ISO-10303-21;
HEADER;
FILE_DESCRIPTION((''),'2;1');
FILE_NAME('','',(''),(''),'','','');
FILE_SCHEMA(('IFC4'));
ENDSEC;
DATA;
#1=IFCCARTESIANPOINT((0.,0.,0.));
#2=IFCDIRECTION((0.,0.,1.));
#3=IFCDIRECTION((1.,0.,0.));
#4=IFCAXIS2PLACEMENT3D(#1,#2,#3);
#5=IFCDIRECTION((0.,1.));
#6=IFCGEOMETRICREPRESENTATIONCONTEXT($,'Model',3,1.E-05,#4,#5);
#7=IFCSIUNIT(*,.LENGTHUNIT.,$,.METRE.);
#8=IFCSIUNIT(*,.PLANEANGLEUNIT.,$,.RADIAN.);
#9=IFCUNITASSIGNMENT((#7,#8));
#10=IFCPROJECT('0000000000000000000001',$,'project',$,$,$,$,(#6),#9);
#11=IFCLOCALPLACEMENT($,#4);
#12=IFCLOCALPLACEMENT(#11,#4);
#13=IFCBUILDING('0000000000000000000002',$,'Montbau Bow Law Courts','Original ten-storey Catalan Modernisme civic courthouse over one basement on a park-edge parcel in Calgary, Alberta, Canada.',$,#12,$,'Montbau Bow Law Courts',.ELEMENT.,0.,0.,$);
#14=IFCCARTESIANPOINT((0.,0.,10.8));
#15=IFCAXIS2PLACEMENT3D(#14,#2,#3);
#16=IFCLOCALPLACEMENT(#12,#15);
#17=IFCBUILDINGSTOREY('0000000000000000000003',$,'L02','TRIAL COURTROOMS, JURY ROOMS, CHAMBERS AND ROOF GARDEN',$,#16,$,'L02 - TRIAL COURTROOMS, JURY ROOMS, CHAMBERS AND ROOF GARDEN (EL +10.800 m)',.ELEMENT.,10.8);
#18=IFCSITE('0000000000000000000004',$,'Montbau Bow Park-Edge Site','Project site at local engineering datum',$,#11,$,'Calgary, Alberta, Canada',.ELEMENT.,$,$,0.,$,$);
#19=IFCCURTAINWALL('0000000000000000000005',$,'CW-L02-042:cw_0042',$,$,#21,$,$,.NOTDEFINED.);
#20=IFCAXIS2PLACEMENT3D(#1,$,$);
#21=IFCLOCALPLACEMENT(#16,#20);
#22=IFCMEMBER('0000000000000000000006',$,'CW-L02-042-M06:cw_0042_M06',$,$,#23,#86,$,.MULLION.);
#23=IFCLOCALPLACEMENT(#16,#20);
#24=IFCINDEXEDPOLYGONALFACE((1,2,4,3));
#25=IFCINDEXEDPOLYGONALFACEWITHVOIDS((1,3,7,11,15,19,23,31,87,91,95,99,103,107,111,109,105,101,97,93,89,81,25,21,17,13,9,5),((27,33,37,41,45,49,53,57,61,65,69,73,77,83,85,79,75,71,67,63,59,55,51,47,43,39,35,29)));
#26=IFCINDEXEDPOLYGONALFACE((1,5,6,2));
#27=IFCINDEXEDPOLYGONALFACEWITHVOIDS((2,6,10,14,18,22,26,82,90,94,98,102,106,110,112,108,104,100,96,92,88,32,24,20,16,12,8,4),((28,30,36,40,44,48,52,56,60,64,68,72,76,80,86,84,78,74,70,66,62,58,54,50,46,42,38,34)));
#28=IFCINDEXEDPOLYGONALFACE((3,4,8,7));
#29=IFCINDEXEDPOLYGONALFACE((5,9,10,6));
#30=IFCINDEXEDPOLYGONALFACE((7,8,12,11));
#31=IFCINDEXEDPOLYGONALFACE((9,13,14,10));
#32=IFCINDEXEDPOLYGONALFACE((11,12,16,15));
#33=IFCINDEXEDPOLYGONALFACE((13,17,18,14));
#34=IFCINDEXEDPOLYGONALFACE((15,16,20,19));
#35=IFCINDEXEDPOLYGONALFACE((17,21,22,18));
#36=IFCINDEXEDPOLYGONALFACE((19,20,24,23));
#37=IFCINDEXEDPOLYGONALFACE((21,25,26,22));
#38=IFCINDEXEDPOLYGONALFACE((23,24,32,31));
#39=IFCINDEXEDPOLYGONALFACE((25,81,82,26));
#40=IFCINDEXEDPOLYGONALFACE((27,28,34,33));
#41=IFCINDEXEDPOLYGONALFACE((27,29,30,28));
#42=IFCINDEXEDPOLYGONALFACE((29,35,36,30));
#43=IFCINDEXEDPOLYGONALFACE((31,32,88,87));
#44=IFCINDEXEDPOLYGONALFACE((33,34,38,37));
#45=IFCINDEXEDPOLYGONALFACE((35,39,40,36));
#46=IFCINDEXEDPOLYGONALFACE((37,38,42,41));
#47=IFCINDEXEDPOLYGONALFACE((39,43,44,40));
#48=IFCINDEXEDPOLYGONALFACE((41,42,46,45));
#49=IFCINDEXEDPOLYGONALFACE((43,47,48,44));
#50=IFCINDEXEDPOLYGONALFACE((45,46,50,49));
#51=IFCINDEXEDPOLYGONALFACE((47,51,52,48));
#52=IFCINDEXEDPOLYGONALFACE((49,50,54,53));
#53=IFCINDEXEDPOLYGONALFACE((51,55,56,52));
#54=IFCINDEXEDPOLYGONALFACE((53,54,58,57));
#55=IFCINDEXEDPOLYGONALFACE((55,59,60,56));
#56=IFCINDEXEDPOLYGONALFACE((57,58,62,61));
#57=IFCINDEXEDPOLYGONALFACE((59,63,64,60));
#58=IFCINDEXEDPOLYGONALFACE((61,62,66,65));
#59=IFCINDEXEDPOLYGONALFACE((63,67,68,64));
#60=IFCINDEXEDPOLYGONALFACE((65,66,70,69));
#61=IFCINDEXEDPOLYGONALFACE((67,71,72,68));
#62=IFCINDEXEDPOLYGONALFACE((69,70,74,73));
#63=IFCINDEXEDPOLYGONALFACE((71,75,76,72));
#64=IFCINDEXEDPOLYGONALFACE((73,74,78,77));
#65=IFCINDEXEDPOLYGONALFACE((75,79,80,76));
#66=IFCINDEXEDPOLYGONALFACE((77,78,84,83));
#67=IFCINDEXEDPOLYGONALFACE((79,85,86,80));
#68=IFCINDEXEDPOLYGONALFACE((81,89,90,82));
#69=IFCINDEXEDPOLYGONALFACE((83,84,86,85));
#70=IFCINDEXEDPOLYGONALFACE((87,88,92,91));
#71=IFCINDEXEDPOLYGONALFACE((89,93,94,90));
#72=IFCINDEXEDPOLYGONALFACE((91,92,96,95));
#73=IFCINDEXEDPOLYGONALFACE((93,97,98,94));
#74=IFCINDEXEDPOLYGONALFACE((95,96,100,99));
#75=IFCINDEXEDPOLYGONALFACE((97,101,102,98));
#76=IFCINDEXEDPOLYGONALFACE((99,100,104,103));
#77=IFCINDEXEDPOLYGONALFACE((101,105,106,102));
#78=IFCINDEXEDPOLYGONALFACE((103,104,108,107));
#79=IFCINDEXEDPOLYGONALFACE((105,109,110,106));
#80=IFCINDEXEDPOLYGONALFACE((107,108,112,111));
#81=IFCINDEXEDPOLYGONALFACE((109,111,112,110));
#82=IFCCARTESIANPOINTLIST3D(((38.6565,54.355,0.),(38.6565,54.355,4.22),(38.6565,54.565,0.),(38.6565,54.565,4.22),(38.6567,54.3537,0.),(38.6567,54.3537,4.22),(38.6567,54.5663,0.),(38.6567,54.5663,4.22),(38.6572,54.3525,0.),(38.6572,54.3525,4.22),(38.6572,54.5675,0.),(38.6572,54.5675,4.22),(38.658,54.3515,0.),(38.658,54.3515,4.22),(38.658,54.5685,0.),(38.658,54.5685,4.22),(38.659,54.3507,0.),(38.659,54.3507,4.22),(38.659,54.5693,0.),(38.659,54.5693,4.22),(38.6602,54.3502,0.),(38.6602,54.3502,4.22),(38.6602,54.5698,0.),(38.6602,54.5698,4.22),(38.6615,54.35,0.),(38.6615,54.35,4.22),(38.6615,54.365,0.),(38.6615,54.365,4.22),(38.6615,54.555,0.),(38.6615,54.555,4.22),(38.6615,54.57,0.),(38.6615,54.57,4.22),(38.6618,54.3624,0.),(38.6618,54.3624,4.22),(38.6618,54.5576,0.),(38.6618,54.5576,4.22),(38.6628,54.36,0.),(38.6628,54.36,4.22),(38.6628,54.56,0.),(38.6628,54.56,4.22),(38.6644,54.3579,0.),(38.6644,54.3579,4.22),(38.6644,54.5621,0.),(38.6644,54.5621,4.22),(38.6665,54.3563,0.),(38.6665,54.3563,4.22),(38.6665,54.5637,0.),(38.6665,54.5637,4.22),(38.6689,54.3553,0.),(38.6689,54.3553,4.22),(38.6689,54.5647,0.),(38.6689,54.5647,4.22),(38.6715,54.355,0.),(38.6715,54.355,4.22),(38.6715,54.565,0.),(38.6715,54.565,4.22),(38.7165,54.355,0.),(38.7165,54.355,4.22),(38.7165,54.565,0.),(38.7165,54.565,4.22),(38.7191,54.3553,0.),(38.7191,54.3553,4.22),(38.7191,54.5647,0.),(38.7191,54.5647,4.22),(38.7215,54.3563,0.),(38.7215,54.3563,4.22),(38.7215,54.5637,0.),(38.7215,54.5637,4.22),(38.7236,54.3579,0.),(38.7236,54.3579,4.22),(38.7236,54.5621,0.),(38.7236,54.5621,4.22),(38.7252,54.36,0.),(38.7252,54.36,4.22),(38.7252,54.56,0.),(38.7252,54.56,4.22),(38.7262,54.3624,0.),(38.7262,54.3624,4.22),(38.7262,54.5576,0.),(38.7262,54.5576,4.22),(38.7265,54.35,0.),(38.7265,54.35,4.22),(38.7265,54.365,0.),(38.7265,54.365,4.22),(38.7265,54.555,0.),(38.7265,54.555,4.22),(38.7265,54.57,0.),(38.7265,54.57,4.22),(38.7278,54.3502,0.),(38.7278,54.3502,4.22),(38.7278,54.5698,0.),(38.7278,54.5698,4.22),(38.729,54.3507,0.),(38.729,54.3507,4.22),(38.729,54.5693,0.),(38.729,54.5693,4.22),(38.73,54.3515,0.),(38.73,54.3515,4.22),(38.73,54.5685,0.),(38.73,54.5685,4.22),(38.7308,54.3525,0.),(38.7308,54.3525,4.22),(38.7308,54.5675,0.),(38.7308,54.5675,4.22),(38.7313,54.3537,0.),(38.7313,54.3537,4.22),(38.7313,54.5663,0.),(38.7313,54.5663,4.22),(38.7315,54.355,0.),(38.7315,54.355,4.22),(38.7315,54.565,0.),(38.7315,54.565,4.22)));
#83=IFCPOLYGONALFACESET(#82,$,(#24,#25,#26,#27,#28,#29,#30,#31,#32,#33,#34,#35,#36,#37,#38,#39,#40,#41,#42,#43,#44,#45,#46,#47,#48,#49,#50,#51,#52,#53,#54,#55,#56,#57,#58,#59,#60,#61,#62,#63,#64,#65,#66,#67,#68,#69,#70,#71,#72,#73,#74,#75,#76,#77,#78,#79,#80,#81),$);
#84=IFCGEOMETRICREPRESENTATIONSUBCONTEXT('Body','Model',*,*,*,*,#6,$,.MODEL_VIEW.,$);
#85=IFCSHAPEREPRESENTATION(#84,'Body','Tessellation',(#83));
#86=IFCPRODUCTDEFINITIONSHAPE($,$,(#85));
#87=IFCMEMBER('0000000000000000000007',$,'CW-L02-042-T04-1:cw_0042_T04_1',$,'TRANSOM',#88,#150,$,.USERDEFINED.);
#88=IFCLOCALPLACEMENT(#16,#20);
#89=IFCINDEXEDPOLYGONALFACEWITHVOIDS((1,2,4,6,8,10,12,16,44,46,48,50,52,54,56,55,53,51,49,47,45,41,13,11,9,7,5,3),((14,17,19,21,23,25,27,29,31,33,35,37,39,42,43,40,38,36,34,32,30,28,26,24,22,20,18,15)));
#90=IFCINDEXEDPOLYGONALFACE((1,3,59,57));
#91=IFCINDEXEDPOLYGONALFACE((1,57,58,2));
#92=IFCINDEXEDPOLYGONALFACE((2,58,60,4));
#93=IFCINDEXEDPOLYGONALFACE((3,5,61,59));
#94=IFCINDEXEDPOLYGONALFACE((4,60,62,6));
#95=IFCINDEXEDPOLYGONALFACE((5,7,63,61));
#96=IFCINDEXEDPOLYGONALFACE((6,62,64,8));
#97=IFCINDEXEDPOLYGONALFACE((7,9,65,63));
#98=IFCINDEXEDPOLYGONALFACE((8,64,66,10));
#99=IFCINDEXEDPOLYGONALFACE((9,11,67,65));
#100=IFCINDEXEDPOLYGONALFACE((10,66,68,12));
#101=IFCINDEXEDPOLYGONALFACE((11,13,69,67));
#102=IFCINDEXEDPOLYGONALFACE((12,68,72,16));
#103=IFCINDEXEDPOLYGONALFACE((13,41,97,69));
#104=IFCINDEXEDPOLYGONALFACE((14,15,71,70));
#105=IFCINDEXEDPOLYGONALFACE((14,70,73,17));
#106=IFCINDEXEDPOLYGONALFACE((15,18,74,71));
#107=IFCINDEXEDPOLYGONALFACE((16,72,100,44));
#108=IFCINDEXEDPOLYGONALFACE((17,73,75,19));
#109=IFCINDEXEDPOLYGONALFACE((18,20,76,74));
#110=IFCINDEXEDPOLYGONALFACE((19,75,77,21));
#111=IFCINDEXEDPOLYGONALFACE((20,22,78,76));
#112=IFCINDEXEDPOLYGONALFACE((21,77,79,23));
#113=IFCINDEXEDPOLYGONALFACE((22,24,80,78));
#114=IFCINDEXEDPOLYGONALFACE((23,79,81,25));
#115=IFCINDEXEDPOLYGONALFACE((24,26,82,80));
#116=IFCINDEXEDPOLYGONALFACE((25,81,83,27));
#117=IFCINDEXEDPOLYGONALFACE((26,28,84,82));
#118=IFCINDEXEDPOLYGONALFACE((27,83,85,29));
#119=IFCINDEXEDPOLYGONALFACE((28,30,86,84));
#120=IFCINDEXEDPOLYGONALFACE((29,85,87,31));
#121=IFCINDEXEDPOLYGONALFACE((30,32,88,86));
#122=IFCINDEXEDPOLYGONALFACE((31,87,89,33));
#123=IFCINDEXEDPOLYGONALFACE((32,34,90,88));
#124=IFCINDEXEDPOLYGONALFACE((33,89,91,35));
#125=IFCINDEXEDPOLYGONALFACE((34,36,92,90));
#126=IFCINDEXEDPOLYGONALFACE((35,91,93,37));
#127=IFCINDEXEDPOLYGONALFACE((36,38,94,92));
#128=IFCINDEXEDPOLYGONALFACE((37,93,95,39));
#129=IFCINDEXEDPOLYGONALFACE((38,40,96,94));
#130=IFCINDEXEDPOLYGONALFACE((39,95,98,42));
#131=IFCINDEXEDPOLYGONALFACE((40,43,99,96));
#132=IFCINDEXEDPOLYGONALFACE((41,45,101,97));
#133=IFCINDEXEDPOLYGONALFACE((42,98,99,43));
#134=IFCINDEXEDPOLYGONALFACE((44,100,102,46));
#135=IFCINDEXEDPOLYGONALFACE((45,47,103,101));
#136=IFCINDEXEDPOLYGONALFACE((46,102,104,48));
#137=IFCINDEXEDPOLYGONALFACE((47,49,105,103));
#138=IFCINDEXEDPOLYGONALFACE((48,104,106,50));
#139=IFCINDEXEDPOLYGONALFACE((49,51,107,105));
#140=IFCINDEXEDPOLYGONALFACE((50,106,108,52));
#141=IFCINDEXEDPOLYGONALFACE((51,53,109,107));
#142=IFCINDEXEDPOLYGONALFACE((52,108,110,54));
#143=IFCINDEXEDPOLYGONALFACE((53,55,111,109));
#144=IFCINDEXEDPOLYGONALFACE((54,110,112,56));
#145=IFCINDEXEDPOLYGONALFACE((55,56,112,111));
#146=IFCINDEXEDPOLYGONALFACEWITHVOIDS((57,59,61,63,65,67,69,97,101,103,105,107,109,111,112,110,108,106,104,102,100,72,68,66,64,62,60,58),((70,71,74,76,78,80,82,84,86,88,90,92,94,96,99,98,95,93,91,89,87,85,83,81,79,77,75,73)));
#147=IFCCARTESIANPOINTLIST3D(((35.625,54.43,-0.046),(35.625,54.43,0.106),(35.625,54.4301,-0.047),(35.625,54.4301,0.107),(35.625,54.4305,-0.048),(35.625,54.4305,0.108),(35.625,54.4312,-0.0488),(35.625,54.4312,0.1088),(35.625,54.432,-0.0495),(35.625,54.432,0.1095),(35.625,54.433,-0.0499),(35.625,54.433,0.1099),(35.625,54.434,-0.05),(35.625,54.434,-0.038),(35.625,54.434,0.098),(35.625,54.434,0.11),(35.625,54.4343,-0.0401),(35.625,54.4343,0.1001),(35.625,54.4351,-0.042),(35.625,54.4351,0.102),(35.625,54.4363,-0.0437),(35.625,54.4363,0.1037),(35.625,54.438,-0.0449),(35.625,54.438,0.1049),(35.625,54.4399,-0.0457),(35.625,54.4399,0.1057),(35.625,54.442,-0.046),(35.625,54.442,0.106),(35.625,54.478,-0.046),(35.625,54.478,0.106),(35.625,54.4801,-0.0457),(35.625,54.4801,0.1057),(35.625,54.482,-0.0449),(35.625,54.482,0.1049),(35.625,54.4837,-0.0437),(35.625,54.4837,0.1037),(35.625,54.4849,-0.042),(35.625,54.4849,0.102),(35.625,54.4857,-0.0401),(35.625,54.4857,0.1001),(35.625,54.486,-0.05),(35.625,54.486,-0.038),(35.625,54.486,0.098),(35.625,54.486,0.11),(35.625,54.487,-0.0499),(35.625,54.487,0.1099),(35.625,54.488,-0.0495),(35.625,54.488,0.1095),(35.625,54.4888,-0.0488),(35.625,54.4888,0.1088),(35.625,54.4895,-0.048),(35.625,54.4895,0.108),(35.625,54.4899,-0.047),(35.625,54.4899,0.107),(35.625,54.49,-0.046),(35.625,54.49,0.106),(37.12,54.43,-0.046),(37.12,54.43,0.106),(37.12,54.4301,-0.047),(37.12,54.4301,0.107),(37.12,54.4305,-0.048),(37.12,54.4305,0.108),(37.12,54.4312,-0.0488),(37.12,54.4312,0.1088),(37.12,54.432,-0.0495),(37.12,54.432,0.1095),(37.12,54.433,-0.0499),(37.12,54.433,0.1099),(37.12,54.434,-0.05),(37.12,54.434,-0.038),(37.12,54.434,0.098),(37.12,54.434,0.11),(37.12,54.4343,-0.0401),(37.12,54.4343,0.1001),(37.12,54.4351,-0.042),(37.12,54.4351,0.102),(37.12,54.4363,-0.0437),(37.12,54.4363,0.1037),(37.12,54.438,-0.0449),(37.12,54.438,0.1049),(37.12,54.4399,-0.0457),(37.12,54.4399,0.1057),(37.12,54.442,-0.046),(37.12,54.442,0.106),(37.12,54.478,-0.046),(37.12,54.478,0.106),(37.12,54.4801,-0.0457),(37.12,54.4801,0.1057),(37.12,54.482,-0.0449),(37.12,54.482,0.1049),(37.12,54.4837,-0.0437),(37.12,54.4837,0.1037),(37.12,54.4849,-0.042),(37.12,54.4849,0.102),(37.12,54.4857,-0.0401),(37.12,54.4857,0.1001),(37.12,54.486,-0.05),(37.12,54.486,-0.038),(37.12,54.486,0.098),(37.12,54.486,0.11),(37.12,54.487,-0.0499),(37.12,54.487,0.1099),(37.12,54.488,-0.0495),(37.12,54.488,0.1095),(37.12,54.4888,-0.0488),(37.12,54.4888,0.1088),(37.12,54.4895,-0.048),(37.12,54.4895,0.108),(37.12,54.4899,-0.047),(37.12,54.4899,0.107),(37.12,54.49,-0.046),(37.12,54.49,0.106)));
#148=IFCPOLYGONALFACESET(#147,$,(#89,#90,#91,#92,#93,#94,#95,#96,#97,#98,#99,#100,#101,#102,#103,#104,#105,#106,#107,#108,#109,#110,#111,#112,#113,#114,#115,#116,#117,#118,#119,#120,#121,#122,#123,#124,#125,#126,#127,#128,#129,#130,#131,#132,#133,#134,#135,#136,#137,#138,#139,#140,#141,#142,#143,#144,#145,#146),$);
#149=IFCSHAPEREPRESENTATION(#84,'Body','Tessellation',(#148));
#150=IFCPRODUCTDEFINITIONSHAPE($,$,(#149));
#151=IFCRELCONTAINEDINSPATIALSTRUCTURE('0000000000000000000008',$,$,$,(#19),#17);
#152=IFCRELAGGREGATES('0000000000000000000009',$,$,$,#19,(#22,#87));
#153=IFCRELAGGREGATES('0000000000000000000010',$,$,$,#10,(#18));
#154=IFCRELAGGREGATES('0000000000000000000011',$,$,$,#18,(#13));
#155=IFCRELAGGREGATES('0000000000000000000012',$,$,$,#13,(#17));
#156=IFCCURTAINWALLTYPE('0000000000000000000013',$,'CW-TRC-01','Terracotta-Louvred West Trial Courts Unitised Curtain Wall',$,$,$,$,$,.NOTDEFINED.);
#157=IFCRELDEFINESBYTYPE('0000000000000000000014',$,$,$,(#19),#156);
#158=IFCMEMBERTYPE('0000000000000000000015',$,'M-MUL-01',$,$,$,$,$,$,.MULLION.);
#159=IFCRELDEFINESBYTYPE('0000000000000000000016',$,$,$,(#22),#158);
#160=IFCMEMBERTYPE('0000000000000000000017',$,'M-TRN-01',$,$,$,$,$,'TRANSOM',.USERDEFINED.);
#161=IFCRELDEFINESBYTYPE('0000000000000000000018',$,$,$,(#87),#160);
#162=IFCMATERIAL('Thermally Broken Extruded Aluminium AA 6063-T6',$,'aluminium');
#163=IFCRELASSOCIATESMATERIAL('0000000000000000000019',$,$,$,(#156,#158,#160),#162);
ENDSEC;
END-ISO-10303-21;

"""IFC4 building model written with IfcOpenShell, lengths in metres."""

from ifc_helpers import new_model, si_unit, direction, frame, origin_with_axes, origin_2d_with_axis, place, context, subcontext, project, spatial, hollow_rectangle, extrude, material, material_profile, profile_set, type_object, element, aggregate, save


model = new_model("IFC4")

# Units and contexts
model_context = context("Model", 3, precision=1e-05, world=origin_with_axes(), true_north=direction((0.0, 1.0)))
body_context = subcontext(model_context, "Body", "Model", "MODEL_VIEW")
ifc_project = project(units=[si_unit("LENGTHUNIT", "METRE"), si_unit("PLANEANGLEUNIT", "RADIAN")], contexts=[model_context])

# Site, building, storey
site_placement = place(None, origin_with_axes())
site = spatial("IfcSite", under=ifc_project, at=site_placement, Name="Montbau Bow Park-Edge Site", Description="Project site at local engineering datum", LongName="Calgary, Alberta, Canada", CompositionType="ELEMENT", RefElevation=0.0)
building_placement = place(site_placement, origin_with_axes())
building = spatial("IfcBuilding", under=site, at=building_placement, Name="Montbau Bow Law Courts", Description="Original ten-storey Catalan Modernisme civic courthouse over one basement on a park-edge parcel in Calgary, Alberta, Canada.", LongName="Montbau Bow Law Courts", CompositionType="ELEMENT", ElevationOfRefHeight=0.0, ElevationOfTerrain=0.0)
storey_placement = place(building_placement, frame((0.0, 0.0, 10.8), z_axis=(0.0, 0.0, 1.0), x_axis=(1.0, 0.0, 0.0)))
storey = spatial("IfcBuildingStorey", under=building, at=storey_placement, Name="L02", Description="TRIAL COURTROOMS, JURY ROOMS, CHAMBERS AND ROOF GARDEN", LongName="L02 - TRIAL COURTROOMS, JURY ROOMS, CHAMBERS AND ROOF GARDEN (EL +10.800 m)", CompositionType="ELEMENT", Elevation=10.8)

# Curtain wall, members
ifc_material_1 = material(Name="Thermally Broken Extruded Aluminium AA 6063-T6", Category="aluminium")
curtain_wall_type = type_object("IfcCurtainWallType", Name="CW-TRC-01", Description="Terracotta-Louvred West Trial Courts Unitised Curtain Wall", PredefinedType="NOTDEFINED", material=ifc_material_1)
curtain_wall_placement = place(None, frame((30.867, 54.46, 10.8), z_axis=(0.0, 0.0, 1.0), x_axis=(1.0, 0.0, 0.0)))
curtain_wall = element("IfcCurtainWall", 1, at=curtain_wall_placement, inside=storey, type_object=curtain_wall_type, Name="CW-L02-042:cw_0042", PredefinedType="NOTDEFINED")
ifc_material_profile_1 = material_profile(ifc_material_1, hollow_rectangle(XDim=0.075, YDim=0.22, WallThickness=0.005, InnerFilletRadius=0.01, OuterFilletRadius=0.005, at=origin_2d_with_axis()), Name="CWM-220X75", Category="Main", Priority=0)
ifc_profile_set_1 = profile_set([ifc_material_profile_1], Name="Thermally Broken Extruded Aluminium AA 6063-T6")
member_type_1 = type_object("IfcMemberType", Name="M-MUL-01", PredefinedType="MULLION", material=ifc_profile_set_1)
member_1_placement = place(None, frame((38.694, 54.46, 10.8), z_axis=(0.0, 0.0, 1.0), x_axis=(1.0, 0.0, 0.0)))
member_1 = element("IfcMember", 2, at=member_1_placement, type_object=member_type_1, Name="CW-L02-042-M06:cw_0042_M06", PredefinedType="MULLION", context=body_context, shape_type="SweptSolid", body=[
    extrude(hollow_rectangle(XDim=0.075, YDim=0.22, WallThickness=0.005, InnerFilletRadius=0.01, OuterFilletRadius=0.005, at=origin_2d_with_axis()), origin_with_axes(), (0.0, 0.0, 1.0), 4.22),
])
ifc_material_profile_2 = material_profile(ifc_material_1, hollow_rectangle(XDim=0.06, YDim=0.16, WallThickness=0.004, InnerFilletRadius=0.008, OuterFilletRadius=0.004, at=origin_2d_with_axis()), Name="CWT-160X60", Category="Main", Priority=0)
ifc_profile_set_2 = profile_set([ifc_material_profile_2], Name="Thermally Broken Extruded Aluminium AA 6063-T6")
member_type_2 = type_object("IfcMemberType", Name="M-TRN-01", ElementType="TRANSOM", PredefinedType="USERDEFINED", material=ifc_profile_set_2)
member_2_placement = place(None, frame((35.625, 54.46, 10.83), z_axis=(1.0, 0.0, 0.0), x_axis=(0.0, 1.0, 0.0)))
member_2 = element("IfcMember", 3, at=member_2_placement, type_object=member_type_2, Name="CW-L02-042-T04-1:cw_0042_T04_1", ObjectType="TRANSOM", PredefinedType="USERDEFINED", context=body_context, shape_type="SweptSolid", body=[
    extrude(hollow_rectangle(XDim=0.06, YDim=0.16, WallThickness=0.004, InnerFilletRadius=0.008, OuterFilletRadius=0.004, at=origin_2d_with_axis()), origin_with_axes(), (0.0, 0.0, 1.0), 1.495),
])
aggregate(curtain_wall, [member_1, member_2])

save(model, "model.ifc")
